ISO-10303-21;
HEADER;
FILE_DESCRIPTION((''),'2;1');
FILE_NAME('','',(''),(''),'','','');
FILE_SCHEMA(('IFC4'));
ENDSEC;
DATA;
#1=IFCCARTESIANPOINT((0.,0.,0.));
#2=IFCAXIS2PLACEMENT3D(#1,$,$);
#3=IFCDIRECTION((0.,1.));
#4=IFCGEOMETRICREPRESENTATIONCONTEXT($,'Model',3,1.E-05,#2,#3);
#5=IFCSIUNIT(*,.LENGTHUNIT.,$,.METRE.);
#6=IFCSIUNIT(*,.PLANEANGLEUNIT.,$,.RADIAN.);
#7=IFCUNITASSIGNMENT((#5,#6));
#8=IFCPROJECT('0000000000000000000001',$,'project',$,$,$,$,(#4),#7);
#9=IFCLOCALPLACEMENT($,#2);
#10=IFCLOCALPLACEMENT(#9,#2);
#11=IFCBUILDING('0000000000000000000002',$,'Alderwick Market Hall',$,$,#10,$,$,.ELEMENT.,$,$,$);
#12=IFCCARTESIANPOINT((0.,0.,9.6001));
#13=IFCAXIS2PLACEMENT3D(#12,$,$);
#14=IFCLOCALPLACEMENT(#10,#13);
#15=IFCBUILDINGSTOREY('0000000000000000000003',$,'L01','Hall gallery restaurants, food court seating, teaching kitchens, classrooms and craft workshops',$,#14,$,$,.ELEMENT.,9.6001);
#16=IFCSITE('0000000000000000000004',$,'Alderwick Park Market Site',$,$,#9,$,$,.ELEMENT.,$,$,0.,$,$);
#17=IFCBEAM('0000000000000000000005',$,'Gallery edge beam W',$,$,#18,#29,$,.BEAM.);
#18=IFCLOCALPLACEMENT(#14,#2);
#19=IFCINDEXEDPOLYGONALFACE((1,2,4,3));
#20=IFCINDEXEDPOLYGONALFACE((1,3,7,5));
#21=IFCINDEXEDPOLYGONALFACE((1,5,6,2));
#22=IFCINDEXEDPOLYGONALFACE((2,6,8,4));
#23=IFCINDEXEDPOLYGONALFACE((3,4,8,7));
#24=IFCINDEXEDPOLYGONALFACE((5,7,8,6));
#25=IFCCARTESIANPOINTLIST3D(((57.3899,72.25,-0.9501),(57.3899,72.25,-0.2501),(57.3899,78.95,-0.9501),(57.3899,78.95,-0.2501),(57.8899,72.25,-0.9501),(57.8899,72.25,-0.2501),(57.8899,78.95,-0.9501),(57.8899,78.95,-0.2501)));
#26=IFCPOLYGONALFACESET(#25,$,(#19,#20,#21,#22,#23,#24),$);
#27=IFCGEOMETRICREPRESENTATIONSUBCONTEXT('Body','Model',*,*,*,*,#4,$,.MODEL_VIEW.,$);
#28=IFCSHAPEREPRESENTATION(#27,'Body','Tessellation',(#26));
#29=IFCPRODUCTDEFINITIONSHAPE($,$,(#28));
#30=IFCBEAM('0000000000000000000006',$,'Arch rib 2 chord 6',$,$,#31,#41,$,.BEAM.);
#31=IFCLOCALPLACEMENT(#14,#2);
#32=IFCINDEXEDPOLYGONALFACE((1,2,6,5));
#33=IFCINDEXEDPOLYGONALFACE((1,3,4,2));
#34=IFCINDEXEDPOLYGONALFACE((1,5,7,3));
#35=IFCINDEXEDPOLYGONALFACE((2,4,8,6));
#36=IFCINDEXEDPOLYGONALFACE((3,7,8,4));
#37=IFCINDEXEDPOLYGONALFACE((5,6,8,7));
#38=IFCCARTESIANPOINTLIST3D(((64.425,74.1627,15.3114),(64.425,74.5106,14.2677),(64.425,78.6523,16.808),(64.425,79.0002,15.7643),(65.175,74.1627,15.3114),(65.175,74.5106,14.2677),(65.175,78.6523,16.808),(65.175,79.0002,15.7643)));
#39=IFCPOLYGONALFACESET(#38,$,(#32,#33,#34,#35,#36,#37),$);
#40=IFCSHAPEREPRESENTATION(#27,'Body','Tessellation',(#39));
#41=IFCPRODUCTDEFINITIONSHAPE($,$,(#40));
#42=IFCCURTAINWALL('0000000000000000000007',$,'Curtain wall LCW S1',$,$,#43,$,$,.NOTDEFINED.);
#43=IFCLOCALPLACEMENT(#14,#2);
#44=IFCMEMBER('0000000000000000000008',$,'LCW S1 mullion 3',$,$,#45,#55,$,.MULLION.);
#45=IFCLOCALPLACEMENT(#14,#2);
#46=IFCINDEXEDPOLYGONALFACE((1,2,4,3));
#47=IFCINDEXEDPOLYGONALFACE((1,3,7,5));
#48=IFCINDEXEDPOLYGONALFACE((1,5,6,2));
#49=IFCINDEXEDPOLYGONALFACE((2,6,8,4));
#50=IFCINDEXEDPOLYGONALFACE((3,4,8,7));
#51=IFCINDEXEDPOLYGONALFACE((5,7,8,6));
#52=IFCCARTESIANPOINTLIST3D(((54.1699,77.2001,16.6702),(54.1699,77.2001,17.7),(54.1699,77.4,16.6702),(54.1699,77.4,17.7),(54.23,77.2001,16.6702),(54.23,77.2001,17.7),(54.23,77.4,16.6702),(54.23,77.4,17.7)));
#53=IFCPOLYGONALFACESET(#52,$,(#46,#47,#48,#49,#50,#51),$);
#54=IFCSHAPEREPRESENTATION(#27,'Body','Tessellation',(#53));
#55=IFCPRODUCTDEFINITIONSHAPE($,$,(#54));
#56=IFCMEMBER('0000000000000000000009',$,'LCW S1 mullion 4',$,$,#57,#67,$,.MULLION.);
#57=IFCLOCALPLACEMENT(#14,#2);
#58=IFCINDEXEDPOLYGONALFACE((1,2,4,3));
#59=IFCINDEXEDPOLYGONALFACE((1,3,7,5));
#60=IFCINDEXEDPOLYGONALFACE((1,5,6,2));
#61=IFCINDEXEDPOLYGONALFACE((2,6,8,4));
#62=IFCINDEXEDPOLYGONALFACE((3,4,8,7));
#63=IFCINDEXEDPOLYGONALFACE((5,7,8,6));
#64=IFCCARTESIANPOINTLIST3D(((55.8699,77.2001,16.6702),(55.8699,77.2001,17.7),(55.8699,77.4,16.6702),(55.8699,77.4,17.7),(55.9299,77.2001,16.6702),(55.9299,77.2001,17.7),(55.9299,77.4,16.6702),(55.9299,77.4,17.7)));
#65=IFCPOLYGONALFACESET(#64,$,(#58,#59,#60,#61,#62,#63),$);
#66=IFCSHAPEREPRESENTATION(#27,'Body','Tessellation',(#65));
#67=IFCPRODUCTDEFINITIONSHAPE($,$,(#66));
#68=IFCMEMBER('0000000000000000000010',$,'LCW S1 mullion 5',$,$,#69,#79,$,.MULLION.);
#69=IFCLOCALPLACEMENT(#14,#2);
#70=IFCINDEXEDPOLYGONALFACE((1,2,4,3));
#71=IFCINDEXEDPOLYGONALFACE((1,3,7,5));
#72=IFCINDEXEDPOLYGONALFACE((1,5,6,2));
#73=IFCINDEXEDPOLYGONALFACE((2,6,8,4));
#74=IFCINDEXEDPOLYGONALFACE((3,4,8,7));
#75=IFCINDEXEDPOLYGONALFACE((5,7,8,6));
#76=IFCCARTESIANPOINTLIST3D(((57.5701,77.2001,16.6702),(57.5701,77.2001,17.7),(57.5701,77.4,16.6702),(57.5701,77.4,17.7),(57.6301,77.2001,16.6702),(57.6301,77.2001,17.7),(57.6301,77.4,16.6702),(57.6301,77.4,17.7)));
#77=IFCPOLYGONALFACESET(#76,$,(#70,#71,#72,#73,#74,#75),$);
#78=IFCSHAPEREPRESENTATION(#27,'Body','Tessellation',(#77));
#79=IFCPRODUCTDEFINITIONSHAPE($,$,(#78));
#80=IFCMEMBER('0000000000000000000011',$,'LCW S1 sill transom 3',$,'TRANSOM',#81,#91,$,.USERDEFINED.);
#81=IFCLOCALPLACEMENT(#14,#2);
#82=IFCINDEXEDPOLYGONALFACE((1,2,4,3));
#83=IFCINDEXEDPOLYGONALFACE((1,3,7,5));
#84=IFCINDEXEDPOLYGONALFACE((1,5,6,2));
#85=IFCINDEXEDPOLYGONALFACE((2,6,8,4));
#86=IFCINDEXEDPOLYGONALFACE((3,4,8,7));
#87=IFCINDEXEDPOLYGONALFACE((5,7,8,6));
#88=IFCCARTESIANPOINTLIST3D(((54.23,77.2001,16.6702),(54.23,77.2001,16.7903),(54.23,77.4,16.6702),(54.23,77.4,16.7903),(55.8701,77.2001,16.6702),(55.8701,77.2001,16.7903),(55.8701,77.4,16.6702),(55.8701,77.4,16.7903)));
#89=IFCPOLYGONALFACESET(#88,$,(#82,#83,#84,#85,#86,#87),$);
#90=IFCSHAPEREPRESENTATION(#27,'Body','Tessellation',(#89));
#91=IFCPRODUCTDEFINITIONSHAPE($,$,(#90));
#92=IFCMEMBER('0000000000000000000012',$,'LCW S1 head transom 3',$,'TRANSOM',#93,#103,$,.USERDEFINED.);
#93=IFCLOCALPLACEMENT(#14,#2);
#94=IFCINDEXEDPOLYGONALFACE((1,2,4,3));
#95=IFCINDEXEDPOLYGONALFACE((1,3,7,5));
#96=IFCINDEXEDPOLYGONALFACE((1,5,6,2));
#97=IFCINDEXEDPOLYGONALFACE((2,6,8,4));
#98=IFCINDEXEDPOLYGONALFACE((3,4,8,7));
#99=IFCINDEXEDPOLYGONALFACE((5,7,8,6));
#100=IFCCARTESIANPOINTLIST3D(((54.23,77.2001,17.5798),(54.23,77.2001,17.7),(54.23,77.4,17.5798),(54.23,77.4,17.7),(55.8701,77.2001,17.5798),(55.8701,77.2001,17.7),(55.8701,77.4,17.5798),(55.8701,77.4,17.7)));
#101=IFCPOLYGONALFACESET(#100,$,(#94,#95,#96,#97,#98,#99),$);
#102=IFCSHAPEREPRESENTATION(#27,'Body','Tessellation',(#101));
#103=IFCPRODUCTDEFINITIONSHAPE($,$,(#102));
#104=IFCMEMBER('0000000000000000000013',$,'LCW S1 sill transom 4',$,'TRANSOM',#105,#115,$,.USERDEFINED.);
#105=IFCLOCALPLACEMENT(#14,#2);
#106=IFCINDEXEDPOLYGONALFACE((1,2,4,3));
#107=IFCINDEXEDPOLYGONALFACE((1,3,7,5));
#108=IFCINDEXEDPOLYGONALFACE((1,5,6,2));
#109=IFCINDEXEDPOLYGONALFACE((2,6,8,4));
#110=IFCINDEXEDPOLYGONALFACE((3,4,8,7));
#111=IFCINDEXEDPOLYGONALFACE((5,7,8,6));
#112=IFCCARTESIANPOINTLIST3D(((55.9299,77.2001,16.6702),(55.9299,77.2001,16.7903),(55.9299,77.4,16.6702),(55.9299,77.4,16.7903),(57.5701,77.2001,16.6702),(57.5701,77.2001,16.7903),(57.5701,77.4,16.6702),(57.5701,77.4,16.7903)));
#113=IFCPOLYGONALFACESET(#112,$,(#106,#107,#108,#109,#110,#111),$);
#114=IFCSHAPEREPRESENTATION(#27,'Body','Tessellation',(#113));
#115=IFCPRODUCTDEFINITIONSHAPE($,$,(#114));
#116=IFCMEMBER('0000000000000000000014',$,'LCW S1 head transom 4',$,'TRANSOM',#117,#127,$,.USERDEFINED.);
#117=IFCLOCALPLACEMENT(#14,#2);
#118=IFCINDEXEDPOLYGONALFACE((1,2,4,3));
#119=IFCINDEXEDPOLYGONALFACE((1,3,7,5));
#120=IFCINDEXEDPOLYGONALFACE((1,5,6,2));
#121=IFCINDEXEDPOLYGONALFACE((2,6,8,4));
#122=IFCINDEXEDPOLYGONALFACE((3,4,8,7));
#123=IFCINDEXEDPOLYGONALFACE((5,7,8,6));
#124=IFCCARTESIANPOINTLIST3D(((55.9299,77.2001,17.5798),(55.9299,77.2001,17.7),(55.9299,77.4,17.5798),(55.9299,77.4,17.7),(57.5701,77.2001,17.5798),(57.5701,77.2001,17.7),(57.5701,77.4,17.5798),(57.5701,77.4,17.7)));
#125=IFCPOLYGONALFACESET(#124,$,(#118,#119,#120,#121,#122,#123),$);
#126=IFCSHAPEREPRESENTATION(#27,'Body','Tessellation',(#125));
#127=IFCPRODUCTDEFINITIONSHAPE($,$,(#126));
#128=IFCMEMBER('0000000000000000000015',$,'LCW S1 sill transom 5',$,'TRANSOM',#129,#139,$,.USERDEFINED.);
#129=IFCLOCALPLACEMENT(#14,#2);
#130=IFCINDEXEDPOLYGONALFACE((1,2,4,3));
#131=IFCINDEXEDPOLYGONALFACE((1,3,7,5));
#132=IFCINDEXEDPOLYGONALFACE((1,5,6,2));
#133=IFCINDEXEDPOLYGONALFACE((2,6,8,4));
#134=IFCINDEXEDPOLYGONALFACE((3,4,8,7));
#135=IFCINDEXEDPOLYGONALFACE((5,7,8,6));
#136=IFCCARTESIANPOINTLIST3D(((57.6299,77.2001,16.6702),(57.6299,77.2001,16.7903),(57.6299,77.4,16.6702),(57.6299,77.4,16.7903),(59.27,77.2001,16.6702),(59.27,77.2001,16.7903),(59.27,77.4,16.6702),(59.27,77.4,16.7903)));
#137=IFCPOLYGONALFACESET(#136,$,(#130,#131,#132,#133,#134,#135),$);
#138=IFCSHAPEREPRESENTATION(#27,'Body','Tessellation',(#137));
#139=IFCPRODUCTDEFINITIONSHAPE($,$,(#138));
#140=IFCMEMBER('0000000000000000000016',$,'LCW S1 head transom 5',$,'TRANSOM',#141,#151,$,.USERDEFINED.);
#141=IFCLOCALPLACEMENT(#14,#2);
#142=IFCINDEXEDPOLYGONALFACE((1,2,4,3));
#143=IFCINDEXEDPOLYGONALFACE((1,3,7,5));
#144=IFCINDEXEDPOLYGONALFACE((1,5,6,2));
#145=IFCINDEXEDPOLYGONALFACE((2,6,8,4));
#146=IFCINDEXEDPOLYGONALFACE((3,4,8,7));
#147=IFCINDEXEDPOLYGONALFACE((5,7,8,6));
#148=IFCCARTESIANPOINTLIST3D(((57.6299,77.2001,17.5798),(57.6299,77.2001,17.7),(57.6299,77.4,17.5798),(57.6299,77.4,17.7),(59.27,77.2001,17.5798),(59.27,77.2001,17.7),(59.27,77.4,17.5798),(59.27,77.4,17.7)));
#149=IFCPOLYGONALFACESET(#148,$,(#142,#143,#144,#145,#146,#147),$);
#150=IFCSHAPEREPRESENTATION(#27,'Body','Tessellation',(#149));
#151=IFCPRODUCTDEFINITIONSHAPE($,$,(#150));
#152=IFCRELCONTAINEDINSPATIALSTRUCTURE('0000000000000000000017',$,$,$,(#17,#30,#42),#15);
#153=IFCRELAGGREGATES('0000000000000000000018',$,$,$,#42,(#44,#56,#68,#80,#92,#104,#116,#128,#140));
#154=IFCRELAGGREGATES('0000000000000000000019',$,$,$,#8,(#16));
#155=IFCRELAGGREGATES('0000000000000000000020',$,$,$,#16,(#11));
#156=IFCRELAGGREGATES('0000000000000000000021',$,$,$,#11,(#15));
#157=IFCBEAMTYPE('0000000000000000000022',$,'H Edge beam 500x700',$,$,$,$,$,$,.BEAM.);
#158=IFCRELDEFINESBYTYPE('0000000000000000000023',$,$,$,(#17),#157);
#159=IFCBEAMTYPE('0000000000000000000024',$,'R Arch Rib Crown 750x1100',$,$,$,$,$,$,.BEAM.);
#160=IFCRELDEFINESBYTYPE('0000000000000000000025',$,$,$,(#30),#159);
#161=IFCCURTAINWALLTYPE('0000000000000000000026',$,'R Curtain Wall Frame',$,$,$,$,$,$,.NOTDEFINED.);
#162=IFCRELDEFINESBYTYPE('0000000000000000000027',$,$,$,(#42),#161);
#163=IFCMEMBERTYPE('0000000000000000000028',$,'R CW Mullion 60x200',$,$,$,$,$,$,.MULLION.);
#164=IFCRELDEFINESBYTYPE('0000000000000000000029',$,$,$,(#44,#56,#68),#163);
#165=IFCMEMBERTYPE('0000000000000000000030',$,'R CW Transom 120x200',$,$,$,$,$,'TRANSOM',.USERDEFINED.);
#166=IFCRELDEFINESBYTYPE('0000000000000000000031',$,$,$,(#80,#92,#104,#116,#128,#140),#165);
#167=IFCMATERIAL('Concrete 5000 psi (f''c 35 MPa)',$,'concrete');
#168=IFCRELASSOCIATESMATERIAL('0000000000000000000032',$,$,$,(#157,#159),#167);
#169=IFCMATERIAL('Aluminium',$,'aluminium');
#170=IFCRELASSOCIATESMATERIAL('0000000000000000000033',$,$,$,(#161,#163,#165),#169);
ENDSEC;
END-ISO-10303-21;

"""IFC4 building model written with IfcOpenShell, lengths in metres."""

from ifc_helpers import new_model, si_unit, direction, frame, origin, origin_2d, place, context, subcontext, project, spatial, rectangle, extrude, material, material_profile, profile_set, type_object, element, aggregate, save


model = new_model("IFC4")

# Units and contexts
model_context = context("Model", 3, precision=1e-05, world=origin(), true_north=direction((0.0, 1.0)))
body_context = subcontext(model_context, "Body", "Model", "MODEL_VIEW")
ifc_project = project(units=[si_unit("LENGTHUNIT", "METRE"), si_unit("PLANEANGLEUNIT", "RADIAN")], contexts=[model_context])

# Site, building, storey
site_placement = place(None, origin())
site = spatial("IfcSite", under=ifc_project, at=site_placement, Name="Alderwick Park Market Site", CompositionType="ELEMENT", RefElevation=0.0)
building_placement = place(site_placement, origin())
building = spatial("IfcBuilding", under=site, at=building_placement, Name="Alderwick Market Hall", CompositionType="ELEMENT")
storey_placement = place(building_placement, frame((0.0, 0.0, 9.6001)))
storey = spatial("IfcBuildingStorey", under=building, at=storey_placement, Name="L01", Description="Hall gallery restaurants, food court seating, teaching kitchens, classrooms and craft workshops", CompositionType="ELEMENT", Elevation=9.6001)

# Beams
ifc_material_1 = material(Name="Concrete 5000 psi (f'c 35 MPa)", Category="concrete")
ifc_material_profile_1 = material_profile(ifc_material_1, rectangle(XDim=0.5, YDim=0.7, at=origin_2d()), Name="RC 500x700")
ifc_profile_set_1 = profile_set([ifc_material_profile_1], Name="Concrete 5000 psi (f'c 35 MPa)")
beam_type_1 = type_object("IfcBeamType", Name="H Edge beam 500x700", PredefinedType="BEAM", material=ifc_profile_set_1)
beam_1_placement = place(storey_placement, frame((57.6399, 72.25, -0.6001), z_axis=(0.0, 1.0, 0.0), x_axis=(-1.0, 0.0, 0.0)))
element("IfcBeam", 1, at=beam_1_placement, inside=storey, type_object=beam_type_1, Name="Gallery edge beam W", PredefinedType="BEAM", context=body_context, shape_type="SweptSolid", body=[
    extrude(rectangle(XDim=0.5, YDim=0.7, at=origin_2d()), origin(), (0.0, 0.0, 1.0), 6.7),
])
ifc_material_profile_2 = material_profile(ifc_material_1, rectangle(XDim=0.75, YDim=1.1001, at=origin_2d()), Name="RC 750x1100")
ifc_profile_set_2 = profile_set([ifc_material_profile_2], Name="Concrete 5000 psi (f'c 35 MPa)")
beam_type_2 = type_object("IfcBeamType", Name="R Arch Rib Crown 750x1100", PredefinedType="BEAM", material=ifc_profile_set_2)
beam_2_placement = place(storey_placement, frame((64.8, 74.3367, 14.7896), z_axis=(0.0, 0.948678, 0.316243), x_axis=(-1.0, 0.0, 0.0)))
element("IfcBeam", 2, at=beam_2_placement, inside=storey, type_object=beam_type_2, Name="Arch rib 2 chord 6", PredefinedType="BEAM", context=body_context, shape_type="SweptSolid", body=[
    extrude(rectangle(XDim=0.75, YDim=1.1001, at=origin_2d()), origin(), (0.0, 0.0, 1.0), 4.7324),
])

# Curtain wall, members
ifc_material_2 = material(Name="Aluminium", Category="aluminium")
curtain_wall_type = type_object("IfcCurtainWallType", Name="R Curtain Wall Frame", PredefinedType="NOTDEFINED", material=ifc_material_2)
curtain_wall_1_placement = place(storey_placement, origin())
curtain_wall_1 = element("IfcCurtainWall", 3, at=curtain_wall_1_placement, inside=storey, type_object=curtain_wall_type, Name="Curtain wall LCW S1", PredefinedType="NOTDEFINED")
ifc_material_profile_3 = material_profile(ifc_material_2, rectangle(XDim=0.2, YDim=0.0601, at=origin_2d()), Name="AL 60x200")
ifc_profile_set_3 = profile_set([ifc_material_profile_3], Name="Aluminium")
member_type_1 = type_object("IfcMemberType", Name="R CW Mullion 60x200", PredefinedType="MULLION", material=ifc_profile_set_3)
member_1_placement = place(storey_placement, frame((54.2, 77.3, 16.6702), z_axis=(0.0, 0.0, 1.0), x_axis=(0.0, 1.0, 0.0)))
member_1 = element("IfcMember", 4, at=member_1_placement, type_object=member_type_1, Name="LCW S1 mullion 3", PredefinedType="MULLION", context=body_context, shape_type="SweptSolid", body=[
    extrude(rectangle(XDim=0.2, YDim=0.0601, at=origin_2d()), origin(), (0.0, 0.0, 1.0), 1.0298),
])
member_2_placement = place(storey_placement, frame((55.8999, 77.3, 16.6702), z_axis=(0.0, 0.0, 1.0), x_axis=(0.0, 1.0, 0.0)))
member_2 = element("IfcMember", 5, at=member_2_placement, type_object=member_type_1, Name="LCW S1 mullion 4", PredefinedType="MULLION", context=body_context, shape_type="SweptSolid", body=[
    extrude(rectangle(XDim=0.2, YDim=0.0601, at=origin_2d()), origin(), (0.0, 0.0, 1.0), 1.0298),
])
member_3_placement = place(storey_placement, frame((57.6001, 77.3, 16.6702), z_axis=(0.0, 0.0, 1.0), x_axis=(0.0, 1.0, 0.0)))
member_3 = element("IfcMember", 6, at=member_3_placement, type_object=member_type_1, Name="LCW S1 mullion 5", PredefinedType="MULLION", context=body_context, shape_type="SweptSolid", body=[
    extrude(rectangle(XDim=0.2, YDim=0.0601, at=origin_2d()), origin(), (0.0, 0.0, 1.0), 1.0298),
])
ifc_material_profile_4 = material_profile(ifc_material_2, rectangle(XDim=0.2, YDim=0.1201, at=origin_2d()), Name="AL 120x200")
ifc_profile_set_4 = profile_set([ifc_material_profile_4], Name="Aluminium")
member_type_2 = type_object("IfcMemberType", Name="R CW Transom 120x200", ElementType="TRANSOM", PredefinedType="USERDEFINED", material=ifc_profile_set_4)
member_4_placement = place(storey_placement, frame((54.23, 77.3, 16.7302), z_axis=(1.0, 0.0, 0.0), x_axis=(0.0, 1.0, 0.0)))
member_4 = element("IfcMember", 7, at=member_4_placement, type_object=member_type_2, Name="LCW S1 sill transom 3", ObjectType="TRANSOM", PredefinedType="USERDEFINED", context=body_context, shape_type="SweptSolid", body=[
    extrude(rectangle(XDim=0.2, YDim=0.1201, at=origin_2d()), origin(), (0.0, 0.0, 1.0), 1.6401),
])
member_5_placement = place(storey_placement, frame((54.23, 77.3, 17.6399), z_axis=(1.0, 0.0, 0.0), x_axis=(0.0, 1.0, 0.0)))
member_5 = element("IfcMember", 8, at=member_5_placement, type_object=member_type_2, Name="LCW S1 head transom 3", ObjectType="TRANSOM", PredefinedType="USERDEFINED", context=body_context, shape_type="SweptSolid", body=[
    extrude(rectangle(XDim=0.2, YDim=0.1201, at=origin_2d()), origin(), (0.0, 0.0, 1.0), 1.6401),
])
member_6_placement = place(storey_placement, frame((55.9299, 77.3, 16.7302), z_axis=(1.0, 0.0, 0.0), x_axis=(0.0, 1.0, 0.0)))
member_6 = element("IfcMember", 9, at=member_6_placement, type_object=member_type_2, Name="LCW S1 sill transom 4", ObjectType="TRANSOM", PredefinedType="USERDEFINED", context=body_context, shape_type="SweptSolid", body=[
    extrude(rectangle(XDim=0.2, YDim=0.1201, at=origin_2d()), origin(), (0.0, 0.0, 1.0), 1.6401),
])
member_7_placement = place(storey_placement, frame((55.9299, 77.3, 17.6399), z_axis=(1.0, 0.0, 0.0), x_axis=(0.0, 1.0, 0.0)))
member_7 = element("IfcMember", 10, at=member_7_placement, type_object=member_type_2, Name="LCW S1 head transom 4", ObjectType="TRANSOM", PredefinedType="USERDEFINED", context=body_context, shape_type="SweptSolid", body=[
    extrude(rectangle(XDim=0.2, YDim=0.1201, at=origin_2d()), origin(), (0.0, 0.0, 1.0), 1.6401),
])
member_8_placement = place(storey_placement, frame((57.6299, 77.3, 16.7302), z_axis=(1.0, 0.0, 0.0), x_axis=(0.0, 1.0, 0.0)))
member_8 = element("IfcMember", 11, at=member_8_placement, type_object=member_type_2, Name="LCW S1 sill transom 5", ObjectType="TRANSOM", PredefinedType="USERDEFINED", context=body_context, shape_type="SweptSolid", body=[
    extrude(rectangle(XDim=0.2, YDim=0.1201, at=origin_2d()), origin(), (0.0, 0.0, 1.0), 1.6401),
])
member_9_placement = place(storey_placement, frame((57.6299, 77.3, 17.6399), z_axis=(1.0, 0.0, 0.0), x_axis=(0.0, 1.0, 0.0)))
member_9 = element("IfcMember", 12, at=member_9_placement, type_object=member_type_2, Name="LCW S1 head transom 5", ObjectType="TRANSOM", PredefinedType="USERDEFINED", context=body_context, shape_type="SweptSolid", body=[
    extrude(rectangle(XDim=0.2, YDim=0.1201, at=origin_2d()), origin(), (0.0, 0.0, 1.0), 1.6401),
])

aggregate(curtain_wall_1, [member_1, member_2, member_3, member_4, member_5, member_6, member_7, member_8, member_9])

save(model, "model.ifc")
